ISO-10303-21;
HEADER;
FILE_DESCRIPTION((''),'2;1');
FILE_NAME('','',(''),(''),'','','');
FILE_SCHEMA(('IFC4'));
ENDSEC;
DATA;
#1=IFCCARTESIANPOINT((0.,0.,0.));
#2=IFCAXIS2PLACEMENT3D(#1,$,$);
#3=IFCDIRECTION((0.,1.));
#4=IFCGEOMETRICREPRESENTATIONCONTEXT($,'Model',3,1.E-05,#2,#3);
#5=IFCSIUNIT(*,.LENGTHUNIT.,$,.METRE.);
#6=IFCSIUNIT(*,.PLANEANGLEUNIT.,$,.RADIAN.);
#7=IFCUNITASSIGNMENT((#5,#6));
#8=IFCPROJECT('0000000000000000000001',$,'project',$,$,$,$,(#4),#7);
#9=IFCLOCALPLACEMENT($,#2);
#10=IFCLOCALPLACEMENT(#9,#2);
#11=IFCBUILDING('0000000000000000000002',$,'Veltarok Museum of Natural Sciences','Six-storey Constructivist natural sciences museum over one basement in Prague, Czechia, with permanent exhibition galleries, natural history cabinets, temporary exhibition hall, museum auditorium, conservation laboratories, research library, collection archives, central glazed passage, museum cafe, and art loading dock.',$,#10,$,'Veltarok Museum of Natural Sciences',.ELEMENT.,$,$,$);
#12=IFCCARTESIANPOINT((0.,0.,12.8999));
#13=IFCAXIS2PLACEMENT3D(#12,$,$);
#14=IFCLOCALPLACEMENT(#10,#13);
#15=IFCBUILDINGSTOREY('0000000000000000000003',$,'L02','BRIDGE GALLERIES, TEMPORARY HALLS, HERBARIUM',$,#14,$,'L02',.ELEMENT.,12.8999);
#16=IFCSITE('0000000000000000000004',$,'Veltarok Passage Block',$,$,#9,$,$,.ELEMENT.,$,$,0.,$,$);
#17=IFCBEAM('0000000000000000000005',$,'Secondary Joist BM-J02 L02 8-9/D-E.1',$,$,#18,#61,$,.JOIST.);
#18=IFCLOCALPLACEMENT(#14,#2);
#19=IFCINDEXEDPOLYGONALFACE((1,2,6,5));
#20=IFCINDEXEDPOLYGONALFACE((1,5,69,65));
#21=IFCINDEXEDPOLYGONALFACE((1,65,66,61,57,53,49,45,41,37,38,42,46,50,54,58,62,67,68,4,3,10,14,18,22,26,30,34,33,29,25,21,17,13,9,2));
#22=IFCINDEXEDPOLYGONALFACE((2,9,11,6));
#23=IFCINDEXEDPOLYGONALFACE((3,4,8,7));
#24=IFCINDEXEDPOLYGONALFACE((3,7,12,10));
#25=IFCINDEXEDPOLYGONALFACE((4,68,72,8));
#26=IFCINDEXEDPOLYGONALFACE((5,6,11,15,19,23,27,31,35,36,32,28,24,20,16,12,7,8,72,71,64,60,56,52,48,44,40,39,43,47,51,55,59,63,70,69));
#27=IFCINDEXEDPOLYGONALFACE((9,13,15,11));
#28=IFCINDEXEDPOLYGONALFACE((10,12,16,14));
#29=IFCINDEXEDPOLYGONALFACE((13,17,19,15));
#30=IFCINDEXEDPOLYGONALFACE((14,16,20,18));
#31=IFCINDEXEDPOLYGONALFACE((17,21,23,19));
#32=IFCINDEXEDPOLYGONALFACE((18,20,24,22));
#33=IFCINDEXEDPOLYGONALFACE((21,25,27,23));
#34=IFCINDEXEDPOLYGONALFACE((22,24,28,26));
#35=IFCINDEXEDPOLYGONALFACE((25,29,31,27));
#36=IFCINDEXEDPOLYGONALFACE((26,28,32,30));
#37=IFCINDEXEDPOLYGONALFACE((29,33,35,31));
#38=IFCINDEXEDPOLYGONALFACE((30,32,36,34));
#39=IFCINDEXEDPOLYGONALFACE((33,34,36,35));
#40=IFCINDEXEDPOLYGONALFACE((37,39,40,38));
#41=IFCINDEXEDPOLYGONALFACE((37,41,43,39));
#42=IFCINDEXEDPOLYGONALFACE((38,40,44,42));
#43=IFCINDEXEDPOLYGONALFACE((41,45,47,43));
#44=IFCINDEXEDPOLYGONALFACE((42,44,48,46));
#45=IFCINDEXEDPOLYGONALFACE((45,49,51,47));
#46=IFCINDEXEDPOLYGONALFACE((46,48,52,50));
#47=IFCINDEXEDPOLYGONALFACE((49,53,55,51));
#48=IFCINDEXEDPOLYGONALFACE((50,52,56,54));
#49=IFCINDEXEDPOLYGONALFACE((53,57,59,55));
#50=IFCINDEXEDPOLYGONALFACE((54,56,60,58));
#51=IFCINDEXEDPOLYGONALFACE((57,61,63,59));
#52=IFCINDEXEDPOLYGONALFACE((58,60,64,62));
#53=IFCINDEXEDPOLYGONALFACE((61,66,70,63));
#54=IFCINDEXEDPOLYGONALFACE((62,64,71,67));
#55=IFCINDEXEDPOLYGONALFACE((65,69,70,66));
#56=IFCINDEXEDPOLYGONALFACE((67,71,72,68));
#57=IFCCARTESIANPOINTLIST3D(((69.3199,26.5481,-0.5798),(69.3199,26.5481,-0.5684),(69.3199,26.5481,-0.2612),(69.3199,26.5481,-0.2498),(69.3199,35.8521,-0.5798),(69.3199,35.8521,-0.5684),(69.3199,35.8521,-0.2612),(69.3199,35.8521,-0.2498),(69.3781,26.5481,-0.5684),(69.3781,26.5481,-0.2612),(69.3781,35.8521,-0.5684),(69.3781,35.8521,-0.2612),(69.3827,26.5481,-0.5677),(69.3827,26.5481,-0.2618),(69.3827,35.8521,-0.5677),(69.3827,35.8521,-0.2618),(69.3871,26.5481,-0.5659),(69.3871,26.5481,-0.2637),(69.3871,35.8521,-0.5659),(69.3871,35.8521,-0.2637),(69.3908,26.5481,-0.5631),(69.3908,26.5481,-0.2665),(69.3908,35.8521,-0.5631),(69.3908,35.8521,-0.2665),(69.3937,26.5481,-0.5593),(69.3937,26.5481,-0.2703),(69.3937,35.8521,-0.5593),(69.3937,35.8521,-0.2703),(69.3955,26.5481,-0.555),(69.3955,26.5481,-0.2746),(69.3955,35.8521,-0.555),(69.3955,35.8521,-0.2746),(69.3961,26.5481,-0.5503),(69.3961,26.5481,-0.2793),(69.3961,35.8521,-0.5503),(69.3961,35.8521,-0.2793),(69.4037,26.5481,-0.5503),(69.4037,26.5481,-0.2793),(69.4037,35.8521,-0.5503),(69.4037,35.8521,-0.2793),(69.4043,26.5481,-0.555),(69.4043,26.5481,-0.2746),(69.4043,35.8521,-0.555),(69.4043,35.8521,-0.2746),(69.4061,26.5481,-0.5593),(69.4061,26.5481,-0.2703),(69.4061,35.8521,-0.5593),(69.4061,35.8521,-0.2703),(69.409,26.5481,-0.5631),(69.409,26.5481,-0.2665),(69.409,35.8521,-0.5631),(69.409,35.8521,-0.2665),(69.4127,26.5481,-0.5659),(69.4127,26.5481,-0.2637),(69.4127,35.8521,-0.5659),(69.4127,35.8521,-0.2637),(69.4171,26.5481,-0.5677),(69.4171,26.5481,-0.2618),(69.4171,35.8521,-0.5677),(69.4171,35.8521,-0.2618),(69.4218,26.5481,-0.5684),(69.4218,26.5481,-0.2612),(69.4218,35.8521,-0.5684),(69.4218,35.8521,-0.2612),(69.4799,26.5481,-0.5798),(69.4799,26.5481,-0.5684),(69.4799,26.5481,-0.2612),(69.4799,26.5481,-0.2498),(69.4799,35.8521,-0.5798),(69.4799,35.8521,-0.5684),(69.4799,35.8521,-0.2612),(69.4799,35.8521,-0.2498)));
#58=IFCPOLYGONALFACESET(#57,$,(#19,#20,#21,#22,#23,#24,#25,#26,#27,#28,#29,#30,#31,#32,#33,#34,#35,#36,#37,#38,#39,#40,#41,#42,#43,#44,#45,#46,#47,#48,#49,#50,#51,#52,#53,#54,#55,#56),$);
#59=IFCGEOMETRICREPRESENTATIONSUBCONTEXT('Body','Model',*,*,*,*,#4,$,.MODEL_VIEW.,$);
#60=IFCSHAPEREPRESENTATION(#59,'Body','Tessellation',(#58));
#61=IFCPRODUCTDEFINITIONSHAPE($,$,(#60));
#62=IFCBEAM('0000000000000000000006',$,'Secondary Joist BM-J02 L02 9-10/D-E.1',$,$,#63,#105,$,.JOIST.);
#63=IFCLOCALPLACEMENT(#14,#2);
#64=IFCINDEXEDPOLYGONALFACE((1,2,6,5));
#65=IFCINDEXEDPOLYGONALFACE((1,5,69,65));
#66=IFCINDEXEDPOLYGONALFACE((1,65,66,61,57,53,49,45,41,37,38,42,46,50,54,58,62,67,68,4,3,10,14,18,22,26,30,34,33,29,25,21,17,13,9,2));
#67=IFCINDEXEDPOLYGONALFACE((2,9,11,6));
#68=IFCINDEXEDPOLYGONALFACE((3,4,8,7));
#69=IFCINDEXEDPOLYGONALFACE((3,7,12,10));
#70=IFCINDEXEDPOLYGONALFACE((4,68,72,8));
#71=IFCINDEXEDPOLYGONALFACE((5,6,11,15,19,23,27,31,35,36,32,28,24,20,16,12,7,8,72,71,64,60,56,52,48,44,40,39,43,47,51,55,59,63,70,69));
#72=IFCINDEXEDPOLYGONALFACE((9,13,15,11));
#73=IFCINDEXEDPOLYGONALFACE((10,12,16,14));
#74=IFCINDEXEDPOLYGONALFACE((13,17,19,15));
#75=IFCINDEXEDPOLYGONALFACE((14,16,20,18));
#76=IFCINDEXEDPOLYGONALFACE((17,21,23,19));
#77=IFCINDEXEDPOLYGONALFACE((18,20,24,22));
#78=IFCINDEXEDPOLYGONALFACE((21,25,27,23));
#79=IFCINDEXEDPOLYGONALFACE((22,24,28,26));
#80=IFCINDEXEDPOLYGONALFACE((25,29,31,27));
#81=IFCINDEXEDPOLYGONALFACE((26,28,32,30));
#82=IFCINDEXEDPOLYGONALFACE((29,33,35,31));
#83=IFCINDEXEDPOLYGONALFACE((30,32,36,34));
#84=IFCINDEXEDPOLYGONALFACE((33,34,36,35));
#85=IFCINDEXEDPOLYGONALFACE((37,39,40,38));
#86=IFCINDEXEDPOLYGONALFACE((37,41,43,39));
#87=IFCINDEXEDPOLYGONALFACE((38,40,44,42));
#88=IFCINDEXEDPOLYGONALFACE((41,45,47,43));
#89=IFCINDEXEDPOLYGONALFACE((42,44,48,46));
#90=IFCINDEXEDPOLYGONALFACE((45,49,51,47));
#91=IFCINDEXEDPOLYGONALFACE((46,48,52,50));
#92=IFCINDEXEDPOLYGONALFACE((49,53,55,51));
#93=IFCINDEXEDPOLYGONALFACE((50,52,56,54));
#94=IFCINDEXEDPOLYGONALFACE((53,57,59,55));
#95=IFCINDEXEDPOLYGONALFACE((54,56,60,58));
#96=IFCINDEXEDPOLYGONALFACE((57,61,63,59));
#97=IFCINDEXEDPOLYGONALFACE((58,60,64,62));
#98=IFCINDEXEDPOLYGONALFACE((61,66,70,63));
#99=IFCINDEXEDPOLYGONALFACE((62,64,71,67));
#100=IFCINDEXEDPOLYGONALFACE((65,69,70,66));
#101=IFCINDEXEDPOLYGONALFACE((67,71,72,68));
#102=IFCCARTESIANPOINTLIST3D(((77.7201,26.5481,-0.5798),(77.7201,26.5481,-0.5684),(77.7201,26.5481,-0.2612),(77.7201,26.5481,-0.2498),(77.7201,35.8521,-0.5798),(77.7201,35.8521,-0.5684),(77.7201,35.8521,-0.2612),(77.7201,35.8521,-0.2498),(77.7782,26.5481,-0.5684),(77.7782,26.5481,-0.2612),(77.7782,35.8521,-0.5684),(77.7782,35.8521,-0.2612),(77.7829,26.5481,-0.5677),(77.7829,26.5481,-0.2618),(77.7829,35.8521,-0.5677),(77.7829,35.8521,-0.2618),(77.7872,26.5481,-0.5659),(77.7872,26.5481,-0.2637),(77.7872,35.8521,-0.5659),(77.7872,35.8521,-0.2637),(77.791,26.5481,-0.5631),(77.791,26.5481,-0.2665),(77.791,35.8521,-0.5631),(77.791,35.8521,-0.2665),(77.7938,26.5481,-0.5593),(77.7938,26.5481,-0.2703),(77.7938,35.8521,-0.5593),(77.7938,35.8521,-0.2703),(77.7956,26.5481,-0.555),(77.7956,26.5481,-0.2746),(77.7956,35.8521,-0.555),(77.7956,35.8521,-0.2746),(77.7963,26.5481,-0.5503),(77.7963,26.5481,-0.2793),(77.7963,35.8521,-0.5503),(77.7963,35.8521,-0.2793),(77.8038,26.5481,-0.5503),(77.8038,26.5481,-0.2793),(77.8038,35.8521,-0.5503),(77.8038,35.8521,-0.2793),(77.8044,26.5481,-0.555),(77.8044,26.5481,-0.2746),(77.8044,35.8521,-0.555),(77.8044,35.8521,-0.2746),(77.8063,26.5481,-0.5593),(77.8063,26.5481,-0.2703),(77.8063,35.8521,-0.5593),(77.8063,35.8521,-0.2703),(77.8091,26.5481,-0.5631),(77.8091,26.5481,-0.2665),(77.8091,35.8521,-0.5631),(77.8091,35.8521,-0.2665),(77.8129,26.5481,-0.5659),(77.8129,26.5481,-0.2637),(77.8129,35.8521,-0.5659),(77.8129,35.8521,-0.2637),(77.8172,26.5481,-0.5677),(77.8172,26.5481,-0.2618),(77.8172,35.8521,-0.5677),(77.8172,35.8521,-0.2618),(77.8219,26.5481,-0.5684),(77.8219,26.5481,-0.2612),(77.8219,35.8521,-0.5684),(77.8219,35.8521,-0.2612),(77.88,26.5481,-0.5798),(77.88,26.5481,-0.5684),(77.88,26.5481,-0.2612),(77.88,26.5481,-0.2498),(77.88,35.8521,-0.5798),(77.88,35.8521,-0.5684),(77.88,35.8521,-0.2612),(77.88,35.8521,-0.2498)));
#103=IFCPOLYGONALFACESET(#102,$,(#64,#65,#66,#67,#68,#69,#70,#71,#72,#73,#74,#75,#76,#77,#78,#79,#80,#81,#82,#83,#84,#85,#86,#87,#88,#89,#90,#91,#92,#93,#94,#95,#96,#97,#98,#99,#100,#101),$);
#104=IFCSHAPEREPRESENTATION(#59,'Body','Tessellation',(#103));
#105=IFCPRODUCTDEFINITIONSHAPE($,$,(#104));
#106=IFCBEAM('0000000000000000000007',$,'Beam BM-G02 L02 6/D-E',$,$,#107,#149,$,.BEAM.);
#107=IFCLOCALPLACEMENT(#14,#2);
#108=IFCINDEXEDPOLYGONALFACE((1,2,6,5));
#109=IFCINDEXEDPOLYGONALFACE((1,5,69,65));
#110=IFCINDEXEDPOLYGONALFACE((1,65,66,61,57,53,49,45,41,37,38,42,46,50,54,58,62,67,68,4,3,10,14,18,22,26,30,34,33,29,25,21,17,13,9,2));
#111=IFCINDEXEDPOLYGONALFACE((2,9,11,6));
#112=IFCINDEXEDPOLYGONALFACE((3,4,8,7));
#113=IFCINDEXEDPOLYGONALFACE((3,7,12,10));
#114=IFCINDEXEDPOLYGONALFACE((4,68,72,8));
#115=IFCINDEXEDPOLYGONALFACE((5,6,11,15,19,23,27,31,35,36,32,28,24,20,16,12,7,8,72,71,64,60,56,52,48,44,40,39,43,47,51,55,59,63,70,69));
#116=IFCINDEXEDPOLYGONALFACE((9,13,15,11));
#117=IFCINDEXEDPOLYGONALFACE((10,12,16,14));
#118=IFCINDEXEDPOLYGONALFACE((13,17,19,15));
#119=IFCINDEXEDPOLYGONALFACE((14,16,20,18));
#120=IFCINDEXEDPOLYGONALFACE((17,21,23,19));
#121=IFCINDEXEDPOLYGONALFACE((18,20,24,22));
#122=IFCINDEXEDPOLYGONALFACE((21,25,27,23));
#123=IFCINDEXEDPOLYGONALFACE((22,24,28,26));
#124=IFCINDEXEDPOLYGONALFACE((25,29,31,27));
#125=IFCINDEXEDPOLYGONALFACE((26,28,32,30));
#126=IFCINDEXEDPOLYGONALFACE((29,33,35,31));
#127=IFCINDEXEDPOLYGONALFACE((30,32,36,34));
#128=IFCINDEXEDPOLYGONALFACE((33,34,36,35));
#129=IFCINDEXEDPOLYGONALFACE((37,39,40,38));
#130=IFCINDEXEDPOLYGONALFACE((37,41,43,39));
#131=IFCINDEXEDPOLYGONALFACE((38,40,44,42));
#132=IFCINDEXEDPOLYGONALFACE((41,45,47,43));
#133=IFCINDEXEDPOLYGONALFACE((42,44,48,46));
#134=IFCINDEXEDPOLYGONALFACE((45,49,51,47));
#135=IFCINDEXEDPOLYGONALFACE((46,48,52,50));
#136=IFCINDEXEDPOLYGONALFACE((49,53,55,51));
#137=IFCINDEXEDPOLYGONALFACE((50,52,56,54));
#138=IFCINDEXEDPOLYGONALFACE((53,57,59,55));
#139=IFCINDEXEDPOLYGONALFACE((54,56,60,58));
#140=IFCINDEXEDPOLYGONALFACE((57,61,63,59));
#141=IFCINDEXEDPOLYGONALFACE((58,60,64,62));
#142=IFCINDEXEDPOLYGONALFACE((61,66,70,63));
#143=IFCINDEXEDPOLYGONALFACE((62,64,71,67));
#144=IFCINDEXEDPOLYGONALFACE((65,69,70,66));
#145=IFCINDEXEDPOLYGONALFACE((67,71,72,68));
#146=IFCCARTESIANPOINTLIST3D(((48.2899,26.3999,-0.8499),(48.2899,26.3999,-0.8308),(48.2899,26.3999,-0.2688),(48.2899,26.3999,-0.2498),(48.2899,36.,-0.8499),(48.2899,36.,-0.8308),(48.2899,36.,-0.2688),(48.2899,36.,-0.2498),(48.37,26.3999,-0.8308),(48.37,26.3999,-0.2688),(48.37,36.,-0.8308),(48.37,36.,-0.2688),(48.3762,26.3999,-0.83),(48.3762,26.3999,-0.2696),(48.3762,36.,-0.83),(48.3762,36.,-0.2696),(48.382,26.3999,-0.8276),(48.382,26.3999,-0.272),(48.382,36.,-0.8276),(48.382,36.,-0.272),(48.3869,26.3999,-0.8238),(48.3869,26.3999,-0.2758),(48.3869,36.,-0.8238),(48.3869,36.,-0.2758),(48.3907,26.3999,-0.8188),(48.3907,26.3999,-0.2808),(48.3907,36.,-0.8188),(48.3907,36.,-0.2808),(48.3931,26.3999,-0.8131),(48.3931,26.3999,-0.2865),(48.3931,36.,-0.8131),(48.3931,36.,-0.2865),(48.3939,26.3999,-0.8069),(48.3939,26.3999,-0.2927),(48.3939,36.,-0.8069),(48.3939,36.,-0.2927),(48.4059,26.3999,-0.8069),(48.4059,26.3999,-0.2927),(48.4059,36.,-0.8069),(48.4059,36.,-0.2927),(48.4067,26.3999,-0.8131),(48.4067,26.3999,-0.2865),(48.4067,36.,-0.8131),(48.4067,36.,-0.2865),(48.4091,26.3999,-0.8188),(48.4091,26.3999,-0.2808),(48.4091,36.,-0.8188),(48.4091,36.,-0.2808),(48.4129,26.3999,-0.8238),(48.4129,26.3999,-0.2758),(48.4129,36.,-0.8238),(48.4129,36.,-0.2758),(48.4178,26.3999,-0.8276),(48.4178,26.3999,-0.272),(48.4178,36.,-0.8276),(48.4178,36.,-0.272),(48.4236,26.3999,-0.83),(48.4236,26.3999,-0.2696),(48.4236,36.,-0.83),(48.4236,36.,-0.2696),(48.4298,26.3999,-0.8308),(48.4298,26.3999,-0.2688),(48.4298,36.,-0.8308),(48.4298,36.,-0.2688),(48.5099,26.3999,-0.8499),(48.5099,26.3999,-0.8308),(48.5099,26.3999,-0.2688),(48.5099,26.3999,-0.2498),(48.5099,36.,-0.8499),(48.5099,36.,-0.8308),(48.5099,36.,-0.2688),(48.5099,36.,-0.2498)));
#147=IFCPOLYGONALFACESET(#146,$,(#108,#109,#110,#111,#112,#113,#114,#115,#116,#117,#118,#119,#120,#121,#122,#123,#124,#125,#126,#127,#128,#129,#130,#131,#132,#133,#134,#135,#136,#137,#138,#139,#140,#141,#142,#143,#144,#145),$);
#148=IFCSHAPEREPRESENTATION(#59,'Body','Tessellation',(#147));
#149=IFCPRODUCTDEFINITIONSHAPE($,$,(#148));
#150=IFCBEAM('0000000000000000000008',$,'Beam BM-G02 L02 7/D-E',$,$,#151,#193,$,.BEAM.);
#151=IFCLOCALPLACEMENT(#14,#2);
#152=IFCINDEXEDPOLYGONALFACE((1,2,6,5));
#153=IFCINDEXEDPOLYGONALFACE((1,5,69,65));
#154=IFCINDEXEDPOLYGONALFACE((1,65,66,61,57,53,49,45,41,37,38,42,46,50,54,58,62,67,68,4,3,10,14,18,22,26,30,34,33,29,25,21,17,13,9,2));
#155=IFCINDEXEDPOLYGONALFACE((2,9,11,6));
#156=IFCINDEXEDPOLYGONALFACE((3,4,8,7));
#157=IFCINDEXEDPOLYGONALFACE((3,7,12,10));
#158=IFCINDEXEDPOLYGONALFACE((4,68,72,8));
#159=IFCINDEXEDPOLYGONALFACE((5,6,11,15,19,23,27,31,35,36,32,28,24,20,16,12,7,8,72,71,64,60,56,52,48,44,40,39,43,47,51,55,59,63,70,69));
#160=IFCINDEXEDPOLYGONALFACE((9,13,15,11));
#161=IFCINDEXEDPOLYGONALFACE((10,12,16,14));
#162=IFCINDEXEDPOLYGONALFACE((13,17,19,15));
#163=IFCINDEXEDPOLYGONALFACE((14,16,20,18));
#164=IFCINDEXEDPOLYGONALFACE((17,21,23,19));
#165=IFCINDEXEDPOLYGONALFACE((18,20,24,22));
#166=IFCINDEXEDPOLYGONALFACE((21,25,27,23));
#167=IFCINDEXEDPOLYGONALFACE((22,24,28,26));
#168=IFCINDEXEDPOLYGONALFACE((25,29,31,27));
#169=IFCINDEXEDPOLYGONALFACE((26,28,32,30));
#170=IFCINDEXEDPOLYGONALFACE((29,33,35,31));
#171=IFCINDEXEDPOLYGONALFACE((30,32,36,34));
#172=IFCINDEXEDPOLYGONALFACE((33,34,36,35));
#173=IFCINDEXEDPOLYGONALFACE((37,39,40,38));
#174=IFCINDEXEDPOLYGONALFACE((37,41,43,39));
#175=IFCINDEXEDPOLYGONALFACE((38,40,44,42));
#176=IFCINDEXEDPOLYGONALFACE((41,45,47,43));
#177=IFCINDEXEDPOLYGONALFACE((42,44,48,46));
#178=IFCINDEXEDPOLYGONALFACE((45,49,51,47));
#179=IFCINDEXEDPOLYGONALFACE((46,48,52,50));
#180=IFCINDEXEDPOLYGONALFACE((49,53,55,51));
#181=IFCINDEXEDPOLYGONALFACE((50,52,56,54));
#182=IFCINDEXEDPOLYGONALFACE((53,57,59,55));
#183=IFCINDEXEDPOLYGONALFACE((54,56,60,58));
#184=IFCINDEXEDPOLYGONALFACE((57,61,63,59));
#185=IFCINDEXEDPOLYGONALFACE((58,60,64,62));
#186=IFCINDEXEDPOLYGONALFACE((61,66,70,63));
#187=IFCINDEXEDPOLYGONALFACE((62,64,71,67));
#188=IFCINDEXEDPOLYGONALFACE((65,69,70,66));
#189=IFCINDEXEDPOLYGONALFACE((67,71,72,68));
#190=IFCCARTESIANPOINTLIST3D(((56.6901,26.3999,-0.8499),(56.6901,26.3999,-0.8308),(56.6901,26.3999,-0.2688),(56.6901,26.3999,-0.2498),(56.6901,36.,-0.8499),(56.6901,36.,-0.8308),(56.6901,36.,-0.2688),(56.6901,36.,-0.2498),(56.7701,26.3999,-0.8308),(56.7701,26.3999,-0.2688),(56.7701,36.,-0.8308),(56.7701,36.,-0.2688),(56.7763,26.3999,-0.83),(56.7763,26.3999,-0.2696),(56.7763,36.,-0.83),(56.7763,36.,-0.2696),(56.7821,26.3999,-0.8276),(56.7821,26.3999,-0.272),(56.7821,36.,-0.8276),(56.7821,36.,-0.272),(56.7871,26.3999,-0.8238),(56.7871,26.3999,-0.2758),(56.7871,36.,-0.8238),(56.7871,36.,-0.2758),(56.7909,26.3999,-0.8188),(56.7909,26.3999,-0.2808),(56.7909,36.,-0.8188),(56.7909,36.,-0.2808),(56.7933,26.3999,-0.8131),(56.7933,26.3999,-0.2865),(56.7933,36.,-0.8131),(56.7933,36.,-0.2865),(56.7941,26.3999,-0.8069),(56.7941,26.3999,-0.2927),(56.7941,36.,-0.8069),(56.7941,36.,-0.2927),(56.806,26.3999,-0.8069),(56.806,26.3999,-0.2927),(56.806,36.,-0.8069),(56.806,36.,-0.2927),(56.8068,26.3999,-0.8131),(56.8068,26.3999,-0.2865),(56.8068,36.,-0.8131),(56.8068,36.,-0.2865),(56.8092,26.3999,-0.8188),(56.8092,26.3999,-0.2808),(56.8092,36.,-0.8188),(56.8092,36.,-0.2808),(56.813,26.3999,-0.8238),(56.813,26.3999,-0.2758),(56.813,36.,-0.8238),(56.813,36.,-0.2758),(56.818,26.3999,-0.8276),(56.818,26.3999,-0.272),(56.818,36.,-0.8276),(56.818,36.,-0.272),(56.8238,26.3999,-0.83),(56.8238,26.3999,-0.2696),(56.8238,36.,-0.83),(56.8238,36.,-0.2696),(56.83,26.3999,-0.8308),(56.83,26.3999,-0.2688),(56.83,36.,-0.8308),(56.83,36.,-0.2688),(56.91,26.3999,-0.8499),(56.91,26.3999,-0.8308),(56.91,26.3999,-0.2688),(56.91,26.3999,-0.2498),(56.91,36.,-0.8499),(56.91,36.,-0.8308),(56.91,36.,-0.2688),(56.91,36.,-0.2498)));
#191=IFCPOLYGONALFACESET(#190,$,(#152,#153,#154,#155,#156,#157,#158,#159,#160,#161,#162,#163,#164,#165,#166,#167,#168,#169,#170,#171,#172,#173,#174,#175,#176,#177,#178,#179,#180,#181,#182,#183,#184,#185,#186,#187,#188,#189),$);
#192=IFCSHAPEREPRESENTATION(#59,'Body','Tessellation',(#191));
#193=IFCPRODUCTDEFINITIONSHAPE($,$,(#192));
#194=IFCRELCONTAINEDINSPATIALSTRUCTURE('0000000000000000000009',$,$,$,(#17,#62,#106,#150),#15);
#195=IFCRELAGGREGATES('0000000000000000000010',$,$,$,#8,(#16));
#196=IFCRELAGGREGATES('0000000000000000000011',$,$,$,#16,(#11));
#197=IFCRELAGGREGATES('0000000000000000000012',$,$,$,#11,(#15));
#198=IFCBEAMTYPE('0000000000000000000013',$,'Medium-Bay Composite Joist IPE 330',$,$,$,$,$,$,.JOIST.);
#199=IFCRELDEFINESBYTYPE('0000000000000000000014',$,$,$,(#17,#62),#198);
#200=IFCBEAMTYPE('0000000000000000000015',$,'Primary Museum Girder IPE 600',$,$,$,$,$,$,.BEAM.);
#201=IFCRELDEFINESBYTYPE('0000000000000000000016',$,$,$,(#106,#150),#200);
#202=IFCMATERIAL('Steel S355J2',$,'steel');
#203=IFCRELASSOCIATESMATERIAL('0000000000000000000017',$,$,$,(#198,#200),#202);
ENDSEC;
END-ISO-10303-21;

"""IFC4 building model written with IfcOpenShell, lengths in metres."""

from ifc_helpers import new_model, si_unit, direction, frame, origin, origin_2d, place, context, subcontext, project, spatial, i_section, extrude, material, material_profile, profile_set, type_object, element, save


model = new_model("IFC4")

# Units and contexts
model_context = context("Model", 3, precision=1e-05, world=origin(), true_north=direction((0.0, 1.0)))
body_context = subcontext(model_context, "Body", "Model", "MODEL_VIEW")
ifc_project = project(units=[si_unit("LENGTHUNIT", "METRE"), si_unit("PLANEANGLEUNIT", "RADIAN")], contexts=[model_context])

# Site, building, storey
site_placement = place(None, origin())
site = spatial("IfcSite", under=ifc_project, at=site_placement, Name="Veltarok Passage Block", CompositionType="ELEMENT", RefElevation=0.0)
building_placement = place(site_placement, origin())
building = spatial("IfcBuilding", under=site, at=building_placement, Name="Veltarok Museum of Natural Sciences", Description="Six-storey Constructivist natural sciences museum over one basement in Prague, Czechia, with permanent exhibition galleries, natural history cabinets, temporary exhibition hall, museum auditorium, conservation laboratories, research library, collection archives, central glazed passage, museum cafe, and art loading dock.", LongName="Veltarok Museum of Natural Sciences", CompositionType="ELEMENT")
storey_placement = place(building_placement, frame((0.0, 0.0, 12.8999)))
storey = spatial("IfcBuildingStorey", under=building, at=storey_placement, Name="L02", Description="BRIDGE GALLERIES, TEMPORARY HALLS, HERBARIUM", LongName="L02", CompositionType="ELEMENT", Elevation=12.8999)

# Shared definitions
ifc_material_1 = material(Name="Steel S355J2", Category="steel")

# Beams
ifc_material_profile_1 = material_profile(ifc_material_1, i_section(OverallWidth=0.1599, OverallDepth=0.3301, WebThickness=0.0076, FlangeThickness=0.0115, FilletRadius=0.0181, at=origin_2d()), Name="IPE 330")
ifc_profile_set_1 = profile_set([ifc_material_profile_1], Name="Steel S355J2")
beam_type_1 = type_object("IfcBeamType", Name="Medium-Bay Composite Joist IPE 330", PredefinedType="JOIST", material=ifc_profile_set_1)
for number, where, z_axis, x_axis, name in (
    (1, (69.3999, 26.5481, -0.4148), (0.0, 1.0, 0.0), (-1.0, 0.0, 0.0), "Secondary Joist BM-J02 L02 8-9/D-E.1"),
    (2, (77.8, 26.5481, -0.4148), (0.0, 1.0, 0.0), (-1.0, 0.0, 0.0), "Secondary Joist BM-J02 L02 9-10/D-E.1"),
):
    element("IfcBeam", number, at=place(storey_placement, frame(where, z_axis=z_axis, x_axis=x_axis)), inside=storey, type_object=beam_type_1, Name=name, PredefinedType="JOIST", context=body_context, shape_type="SweptSolid", body=[
        extrude(i_section(OverallWidth=0.1599, OverallDepth=0.3301, WebThickness=0.0076, FlangeThickness=0.0115, FilletRadius=0.0181, at=origin_2d()), origin(), (0.0, 0.0, 1.0), 9.304),
    ])
ifc_material_profile_2 = material_profile(ifc_material_1, i_section(OverallWidth=0.22, OverallDepth=0.6001, WebThickness=0.012, FlangeThickness=0.019, FilletRadius=0.0239, at=origin_2d()), Name="IPE 600")
ifc_profile_set_2 = profile_set([ifc_material_profile_2], Name="Steel S355J2")
beam_type_2 = type_object("IfcBeamType", Name="Primary Museum Girder IPE 600", PredefinedType="BEAM", material=ifc_profile_set_2)
for number, where, z_axis, x_axis, name in (
    (3, (48.3999, 26.3999, -0.5498), (0.0, 1.0, 0.0), (-1.0, 0.0, 0.0), "Beam BM-G02 L02 6/D-E"),
    (4, (56.8, 26.3999, -0.5498), (0.0, 1.0, 0.0), (-1.0, 0.0, 0.0), "Beam BM-G02 L02 7/D-E"),
):
    element("IfcBeam", number, at=place(storey_placement, frame(where, z_axis=z_axis, x_axis=x_axis)), inside=storey, type_object=beam_type_2, Name=name, PredefinedType="BEAM", context=body_context, shape_type="SweptSolid", body=[
        extrude(i_section(OverallWidth=0.22, OverallDepth=0.6001, WebThickness=0.012, FlangeThickness=0.019, FilletRadius=0.0239, at=origin_2d()), origin(), (0.0, 0.0, 1.0), 9.6001),
    ])

save(model, "model.ifc")
